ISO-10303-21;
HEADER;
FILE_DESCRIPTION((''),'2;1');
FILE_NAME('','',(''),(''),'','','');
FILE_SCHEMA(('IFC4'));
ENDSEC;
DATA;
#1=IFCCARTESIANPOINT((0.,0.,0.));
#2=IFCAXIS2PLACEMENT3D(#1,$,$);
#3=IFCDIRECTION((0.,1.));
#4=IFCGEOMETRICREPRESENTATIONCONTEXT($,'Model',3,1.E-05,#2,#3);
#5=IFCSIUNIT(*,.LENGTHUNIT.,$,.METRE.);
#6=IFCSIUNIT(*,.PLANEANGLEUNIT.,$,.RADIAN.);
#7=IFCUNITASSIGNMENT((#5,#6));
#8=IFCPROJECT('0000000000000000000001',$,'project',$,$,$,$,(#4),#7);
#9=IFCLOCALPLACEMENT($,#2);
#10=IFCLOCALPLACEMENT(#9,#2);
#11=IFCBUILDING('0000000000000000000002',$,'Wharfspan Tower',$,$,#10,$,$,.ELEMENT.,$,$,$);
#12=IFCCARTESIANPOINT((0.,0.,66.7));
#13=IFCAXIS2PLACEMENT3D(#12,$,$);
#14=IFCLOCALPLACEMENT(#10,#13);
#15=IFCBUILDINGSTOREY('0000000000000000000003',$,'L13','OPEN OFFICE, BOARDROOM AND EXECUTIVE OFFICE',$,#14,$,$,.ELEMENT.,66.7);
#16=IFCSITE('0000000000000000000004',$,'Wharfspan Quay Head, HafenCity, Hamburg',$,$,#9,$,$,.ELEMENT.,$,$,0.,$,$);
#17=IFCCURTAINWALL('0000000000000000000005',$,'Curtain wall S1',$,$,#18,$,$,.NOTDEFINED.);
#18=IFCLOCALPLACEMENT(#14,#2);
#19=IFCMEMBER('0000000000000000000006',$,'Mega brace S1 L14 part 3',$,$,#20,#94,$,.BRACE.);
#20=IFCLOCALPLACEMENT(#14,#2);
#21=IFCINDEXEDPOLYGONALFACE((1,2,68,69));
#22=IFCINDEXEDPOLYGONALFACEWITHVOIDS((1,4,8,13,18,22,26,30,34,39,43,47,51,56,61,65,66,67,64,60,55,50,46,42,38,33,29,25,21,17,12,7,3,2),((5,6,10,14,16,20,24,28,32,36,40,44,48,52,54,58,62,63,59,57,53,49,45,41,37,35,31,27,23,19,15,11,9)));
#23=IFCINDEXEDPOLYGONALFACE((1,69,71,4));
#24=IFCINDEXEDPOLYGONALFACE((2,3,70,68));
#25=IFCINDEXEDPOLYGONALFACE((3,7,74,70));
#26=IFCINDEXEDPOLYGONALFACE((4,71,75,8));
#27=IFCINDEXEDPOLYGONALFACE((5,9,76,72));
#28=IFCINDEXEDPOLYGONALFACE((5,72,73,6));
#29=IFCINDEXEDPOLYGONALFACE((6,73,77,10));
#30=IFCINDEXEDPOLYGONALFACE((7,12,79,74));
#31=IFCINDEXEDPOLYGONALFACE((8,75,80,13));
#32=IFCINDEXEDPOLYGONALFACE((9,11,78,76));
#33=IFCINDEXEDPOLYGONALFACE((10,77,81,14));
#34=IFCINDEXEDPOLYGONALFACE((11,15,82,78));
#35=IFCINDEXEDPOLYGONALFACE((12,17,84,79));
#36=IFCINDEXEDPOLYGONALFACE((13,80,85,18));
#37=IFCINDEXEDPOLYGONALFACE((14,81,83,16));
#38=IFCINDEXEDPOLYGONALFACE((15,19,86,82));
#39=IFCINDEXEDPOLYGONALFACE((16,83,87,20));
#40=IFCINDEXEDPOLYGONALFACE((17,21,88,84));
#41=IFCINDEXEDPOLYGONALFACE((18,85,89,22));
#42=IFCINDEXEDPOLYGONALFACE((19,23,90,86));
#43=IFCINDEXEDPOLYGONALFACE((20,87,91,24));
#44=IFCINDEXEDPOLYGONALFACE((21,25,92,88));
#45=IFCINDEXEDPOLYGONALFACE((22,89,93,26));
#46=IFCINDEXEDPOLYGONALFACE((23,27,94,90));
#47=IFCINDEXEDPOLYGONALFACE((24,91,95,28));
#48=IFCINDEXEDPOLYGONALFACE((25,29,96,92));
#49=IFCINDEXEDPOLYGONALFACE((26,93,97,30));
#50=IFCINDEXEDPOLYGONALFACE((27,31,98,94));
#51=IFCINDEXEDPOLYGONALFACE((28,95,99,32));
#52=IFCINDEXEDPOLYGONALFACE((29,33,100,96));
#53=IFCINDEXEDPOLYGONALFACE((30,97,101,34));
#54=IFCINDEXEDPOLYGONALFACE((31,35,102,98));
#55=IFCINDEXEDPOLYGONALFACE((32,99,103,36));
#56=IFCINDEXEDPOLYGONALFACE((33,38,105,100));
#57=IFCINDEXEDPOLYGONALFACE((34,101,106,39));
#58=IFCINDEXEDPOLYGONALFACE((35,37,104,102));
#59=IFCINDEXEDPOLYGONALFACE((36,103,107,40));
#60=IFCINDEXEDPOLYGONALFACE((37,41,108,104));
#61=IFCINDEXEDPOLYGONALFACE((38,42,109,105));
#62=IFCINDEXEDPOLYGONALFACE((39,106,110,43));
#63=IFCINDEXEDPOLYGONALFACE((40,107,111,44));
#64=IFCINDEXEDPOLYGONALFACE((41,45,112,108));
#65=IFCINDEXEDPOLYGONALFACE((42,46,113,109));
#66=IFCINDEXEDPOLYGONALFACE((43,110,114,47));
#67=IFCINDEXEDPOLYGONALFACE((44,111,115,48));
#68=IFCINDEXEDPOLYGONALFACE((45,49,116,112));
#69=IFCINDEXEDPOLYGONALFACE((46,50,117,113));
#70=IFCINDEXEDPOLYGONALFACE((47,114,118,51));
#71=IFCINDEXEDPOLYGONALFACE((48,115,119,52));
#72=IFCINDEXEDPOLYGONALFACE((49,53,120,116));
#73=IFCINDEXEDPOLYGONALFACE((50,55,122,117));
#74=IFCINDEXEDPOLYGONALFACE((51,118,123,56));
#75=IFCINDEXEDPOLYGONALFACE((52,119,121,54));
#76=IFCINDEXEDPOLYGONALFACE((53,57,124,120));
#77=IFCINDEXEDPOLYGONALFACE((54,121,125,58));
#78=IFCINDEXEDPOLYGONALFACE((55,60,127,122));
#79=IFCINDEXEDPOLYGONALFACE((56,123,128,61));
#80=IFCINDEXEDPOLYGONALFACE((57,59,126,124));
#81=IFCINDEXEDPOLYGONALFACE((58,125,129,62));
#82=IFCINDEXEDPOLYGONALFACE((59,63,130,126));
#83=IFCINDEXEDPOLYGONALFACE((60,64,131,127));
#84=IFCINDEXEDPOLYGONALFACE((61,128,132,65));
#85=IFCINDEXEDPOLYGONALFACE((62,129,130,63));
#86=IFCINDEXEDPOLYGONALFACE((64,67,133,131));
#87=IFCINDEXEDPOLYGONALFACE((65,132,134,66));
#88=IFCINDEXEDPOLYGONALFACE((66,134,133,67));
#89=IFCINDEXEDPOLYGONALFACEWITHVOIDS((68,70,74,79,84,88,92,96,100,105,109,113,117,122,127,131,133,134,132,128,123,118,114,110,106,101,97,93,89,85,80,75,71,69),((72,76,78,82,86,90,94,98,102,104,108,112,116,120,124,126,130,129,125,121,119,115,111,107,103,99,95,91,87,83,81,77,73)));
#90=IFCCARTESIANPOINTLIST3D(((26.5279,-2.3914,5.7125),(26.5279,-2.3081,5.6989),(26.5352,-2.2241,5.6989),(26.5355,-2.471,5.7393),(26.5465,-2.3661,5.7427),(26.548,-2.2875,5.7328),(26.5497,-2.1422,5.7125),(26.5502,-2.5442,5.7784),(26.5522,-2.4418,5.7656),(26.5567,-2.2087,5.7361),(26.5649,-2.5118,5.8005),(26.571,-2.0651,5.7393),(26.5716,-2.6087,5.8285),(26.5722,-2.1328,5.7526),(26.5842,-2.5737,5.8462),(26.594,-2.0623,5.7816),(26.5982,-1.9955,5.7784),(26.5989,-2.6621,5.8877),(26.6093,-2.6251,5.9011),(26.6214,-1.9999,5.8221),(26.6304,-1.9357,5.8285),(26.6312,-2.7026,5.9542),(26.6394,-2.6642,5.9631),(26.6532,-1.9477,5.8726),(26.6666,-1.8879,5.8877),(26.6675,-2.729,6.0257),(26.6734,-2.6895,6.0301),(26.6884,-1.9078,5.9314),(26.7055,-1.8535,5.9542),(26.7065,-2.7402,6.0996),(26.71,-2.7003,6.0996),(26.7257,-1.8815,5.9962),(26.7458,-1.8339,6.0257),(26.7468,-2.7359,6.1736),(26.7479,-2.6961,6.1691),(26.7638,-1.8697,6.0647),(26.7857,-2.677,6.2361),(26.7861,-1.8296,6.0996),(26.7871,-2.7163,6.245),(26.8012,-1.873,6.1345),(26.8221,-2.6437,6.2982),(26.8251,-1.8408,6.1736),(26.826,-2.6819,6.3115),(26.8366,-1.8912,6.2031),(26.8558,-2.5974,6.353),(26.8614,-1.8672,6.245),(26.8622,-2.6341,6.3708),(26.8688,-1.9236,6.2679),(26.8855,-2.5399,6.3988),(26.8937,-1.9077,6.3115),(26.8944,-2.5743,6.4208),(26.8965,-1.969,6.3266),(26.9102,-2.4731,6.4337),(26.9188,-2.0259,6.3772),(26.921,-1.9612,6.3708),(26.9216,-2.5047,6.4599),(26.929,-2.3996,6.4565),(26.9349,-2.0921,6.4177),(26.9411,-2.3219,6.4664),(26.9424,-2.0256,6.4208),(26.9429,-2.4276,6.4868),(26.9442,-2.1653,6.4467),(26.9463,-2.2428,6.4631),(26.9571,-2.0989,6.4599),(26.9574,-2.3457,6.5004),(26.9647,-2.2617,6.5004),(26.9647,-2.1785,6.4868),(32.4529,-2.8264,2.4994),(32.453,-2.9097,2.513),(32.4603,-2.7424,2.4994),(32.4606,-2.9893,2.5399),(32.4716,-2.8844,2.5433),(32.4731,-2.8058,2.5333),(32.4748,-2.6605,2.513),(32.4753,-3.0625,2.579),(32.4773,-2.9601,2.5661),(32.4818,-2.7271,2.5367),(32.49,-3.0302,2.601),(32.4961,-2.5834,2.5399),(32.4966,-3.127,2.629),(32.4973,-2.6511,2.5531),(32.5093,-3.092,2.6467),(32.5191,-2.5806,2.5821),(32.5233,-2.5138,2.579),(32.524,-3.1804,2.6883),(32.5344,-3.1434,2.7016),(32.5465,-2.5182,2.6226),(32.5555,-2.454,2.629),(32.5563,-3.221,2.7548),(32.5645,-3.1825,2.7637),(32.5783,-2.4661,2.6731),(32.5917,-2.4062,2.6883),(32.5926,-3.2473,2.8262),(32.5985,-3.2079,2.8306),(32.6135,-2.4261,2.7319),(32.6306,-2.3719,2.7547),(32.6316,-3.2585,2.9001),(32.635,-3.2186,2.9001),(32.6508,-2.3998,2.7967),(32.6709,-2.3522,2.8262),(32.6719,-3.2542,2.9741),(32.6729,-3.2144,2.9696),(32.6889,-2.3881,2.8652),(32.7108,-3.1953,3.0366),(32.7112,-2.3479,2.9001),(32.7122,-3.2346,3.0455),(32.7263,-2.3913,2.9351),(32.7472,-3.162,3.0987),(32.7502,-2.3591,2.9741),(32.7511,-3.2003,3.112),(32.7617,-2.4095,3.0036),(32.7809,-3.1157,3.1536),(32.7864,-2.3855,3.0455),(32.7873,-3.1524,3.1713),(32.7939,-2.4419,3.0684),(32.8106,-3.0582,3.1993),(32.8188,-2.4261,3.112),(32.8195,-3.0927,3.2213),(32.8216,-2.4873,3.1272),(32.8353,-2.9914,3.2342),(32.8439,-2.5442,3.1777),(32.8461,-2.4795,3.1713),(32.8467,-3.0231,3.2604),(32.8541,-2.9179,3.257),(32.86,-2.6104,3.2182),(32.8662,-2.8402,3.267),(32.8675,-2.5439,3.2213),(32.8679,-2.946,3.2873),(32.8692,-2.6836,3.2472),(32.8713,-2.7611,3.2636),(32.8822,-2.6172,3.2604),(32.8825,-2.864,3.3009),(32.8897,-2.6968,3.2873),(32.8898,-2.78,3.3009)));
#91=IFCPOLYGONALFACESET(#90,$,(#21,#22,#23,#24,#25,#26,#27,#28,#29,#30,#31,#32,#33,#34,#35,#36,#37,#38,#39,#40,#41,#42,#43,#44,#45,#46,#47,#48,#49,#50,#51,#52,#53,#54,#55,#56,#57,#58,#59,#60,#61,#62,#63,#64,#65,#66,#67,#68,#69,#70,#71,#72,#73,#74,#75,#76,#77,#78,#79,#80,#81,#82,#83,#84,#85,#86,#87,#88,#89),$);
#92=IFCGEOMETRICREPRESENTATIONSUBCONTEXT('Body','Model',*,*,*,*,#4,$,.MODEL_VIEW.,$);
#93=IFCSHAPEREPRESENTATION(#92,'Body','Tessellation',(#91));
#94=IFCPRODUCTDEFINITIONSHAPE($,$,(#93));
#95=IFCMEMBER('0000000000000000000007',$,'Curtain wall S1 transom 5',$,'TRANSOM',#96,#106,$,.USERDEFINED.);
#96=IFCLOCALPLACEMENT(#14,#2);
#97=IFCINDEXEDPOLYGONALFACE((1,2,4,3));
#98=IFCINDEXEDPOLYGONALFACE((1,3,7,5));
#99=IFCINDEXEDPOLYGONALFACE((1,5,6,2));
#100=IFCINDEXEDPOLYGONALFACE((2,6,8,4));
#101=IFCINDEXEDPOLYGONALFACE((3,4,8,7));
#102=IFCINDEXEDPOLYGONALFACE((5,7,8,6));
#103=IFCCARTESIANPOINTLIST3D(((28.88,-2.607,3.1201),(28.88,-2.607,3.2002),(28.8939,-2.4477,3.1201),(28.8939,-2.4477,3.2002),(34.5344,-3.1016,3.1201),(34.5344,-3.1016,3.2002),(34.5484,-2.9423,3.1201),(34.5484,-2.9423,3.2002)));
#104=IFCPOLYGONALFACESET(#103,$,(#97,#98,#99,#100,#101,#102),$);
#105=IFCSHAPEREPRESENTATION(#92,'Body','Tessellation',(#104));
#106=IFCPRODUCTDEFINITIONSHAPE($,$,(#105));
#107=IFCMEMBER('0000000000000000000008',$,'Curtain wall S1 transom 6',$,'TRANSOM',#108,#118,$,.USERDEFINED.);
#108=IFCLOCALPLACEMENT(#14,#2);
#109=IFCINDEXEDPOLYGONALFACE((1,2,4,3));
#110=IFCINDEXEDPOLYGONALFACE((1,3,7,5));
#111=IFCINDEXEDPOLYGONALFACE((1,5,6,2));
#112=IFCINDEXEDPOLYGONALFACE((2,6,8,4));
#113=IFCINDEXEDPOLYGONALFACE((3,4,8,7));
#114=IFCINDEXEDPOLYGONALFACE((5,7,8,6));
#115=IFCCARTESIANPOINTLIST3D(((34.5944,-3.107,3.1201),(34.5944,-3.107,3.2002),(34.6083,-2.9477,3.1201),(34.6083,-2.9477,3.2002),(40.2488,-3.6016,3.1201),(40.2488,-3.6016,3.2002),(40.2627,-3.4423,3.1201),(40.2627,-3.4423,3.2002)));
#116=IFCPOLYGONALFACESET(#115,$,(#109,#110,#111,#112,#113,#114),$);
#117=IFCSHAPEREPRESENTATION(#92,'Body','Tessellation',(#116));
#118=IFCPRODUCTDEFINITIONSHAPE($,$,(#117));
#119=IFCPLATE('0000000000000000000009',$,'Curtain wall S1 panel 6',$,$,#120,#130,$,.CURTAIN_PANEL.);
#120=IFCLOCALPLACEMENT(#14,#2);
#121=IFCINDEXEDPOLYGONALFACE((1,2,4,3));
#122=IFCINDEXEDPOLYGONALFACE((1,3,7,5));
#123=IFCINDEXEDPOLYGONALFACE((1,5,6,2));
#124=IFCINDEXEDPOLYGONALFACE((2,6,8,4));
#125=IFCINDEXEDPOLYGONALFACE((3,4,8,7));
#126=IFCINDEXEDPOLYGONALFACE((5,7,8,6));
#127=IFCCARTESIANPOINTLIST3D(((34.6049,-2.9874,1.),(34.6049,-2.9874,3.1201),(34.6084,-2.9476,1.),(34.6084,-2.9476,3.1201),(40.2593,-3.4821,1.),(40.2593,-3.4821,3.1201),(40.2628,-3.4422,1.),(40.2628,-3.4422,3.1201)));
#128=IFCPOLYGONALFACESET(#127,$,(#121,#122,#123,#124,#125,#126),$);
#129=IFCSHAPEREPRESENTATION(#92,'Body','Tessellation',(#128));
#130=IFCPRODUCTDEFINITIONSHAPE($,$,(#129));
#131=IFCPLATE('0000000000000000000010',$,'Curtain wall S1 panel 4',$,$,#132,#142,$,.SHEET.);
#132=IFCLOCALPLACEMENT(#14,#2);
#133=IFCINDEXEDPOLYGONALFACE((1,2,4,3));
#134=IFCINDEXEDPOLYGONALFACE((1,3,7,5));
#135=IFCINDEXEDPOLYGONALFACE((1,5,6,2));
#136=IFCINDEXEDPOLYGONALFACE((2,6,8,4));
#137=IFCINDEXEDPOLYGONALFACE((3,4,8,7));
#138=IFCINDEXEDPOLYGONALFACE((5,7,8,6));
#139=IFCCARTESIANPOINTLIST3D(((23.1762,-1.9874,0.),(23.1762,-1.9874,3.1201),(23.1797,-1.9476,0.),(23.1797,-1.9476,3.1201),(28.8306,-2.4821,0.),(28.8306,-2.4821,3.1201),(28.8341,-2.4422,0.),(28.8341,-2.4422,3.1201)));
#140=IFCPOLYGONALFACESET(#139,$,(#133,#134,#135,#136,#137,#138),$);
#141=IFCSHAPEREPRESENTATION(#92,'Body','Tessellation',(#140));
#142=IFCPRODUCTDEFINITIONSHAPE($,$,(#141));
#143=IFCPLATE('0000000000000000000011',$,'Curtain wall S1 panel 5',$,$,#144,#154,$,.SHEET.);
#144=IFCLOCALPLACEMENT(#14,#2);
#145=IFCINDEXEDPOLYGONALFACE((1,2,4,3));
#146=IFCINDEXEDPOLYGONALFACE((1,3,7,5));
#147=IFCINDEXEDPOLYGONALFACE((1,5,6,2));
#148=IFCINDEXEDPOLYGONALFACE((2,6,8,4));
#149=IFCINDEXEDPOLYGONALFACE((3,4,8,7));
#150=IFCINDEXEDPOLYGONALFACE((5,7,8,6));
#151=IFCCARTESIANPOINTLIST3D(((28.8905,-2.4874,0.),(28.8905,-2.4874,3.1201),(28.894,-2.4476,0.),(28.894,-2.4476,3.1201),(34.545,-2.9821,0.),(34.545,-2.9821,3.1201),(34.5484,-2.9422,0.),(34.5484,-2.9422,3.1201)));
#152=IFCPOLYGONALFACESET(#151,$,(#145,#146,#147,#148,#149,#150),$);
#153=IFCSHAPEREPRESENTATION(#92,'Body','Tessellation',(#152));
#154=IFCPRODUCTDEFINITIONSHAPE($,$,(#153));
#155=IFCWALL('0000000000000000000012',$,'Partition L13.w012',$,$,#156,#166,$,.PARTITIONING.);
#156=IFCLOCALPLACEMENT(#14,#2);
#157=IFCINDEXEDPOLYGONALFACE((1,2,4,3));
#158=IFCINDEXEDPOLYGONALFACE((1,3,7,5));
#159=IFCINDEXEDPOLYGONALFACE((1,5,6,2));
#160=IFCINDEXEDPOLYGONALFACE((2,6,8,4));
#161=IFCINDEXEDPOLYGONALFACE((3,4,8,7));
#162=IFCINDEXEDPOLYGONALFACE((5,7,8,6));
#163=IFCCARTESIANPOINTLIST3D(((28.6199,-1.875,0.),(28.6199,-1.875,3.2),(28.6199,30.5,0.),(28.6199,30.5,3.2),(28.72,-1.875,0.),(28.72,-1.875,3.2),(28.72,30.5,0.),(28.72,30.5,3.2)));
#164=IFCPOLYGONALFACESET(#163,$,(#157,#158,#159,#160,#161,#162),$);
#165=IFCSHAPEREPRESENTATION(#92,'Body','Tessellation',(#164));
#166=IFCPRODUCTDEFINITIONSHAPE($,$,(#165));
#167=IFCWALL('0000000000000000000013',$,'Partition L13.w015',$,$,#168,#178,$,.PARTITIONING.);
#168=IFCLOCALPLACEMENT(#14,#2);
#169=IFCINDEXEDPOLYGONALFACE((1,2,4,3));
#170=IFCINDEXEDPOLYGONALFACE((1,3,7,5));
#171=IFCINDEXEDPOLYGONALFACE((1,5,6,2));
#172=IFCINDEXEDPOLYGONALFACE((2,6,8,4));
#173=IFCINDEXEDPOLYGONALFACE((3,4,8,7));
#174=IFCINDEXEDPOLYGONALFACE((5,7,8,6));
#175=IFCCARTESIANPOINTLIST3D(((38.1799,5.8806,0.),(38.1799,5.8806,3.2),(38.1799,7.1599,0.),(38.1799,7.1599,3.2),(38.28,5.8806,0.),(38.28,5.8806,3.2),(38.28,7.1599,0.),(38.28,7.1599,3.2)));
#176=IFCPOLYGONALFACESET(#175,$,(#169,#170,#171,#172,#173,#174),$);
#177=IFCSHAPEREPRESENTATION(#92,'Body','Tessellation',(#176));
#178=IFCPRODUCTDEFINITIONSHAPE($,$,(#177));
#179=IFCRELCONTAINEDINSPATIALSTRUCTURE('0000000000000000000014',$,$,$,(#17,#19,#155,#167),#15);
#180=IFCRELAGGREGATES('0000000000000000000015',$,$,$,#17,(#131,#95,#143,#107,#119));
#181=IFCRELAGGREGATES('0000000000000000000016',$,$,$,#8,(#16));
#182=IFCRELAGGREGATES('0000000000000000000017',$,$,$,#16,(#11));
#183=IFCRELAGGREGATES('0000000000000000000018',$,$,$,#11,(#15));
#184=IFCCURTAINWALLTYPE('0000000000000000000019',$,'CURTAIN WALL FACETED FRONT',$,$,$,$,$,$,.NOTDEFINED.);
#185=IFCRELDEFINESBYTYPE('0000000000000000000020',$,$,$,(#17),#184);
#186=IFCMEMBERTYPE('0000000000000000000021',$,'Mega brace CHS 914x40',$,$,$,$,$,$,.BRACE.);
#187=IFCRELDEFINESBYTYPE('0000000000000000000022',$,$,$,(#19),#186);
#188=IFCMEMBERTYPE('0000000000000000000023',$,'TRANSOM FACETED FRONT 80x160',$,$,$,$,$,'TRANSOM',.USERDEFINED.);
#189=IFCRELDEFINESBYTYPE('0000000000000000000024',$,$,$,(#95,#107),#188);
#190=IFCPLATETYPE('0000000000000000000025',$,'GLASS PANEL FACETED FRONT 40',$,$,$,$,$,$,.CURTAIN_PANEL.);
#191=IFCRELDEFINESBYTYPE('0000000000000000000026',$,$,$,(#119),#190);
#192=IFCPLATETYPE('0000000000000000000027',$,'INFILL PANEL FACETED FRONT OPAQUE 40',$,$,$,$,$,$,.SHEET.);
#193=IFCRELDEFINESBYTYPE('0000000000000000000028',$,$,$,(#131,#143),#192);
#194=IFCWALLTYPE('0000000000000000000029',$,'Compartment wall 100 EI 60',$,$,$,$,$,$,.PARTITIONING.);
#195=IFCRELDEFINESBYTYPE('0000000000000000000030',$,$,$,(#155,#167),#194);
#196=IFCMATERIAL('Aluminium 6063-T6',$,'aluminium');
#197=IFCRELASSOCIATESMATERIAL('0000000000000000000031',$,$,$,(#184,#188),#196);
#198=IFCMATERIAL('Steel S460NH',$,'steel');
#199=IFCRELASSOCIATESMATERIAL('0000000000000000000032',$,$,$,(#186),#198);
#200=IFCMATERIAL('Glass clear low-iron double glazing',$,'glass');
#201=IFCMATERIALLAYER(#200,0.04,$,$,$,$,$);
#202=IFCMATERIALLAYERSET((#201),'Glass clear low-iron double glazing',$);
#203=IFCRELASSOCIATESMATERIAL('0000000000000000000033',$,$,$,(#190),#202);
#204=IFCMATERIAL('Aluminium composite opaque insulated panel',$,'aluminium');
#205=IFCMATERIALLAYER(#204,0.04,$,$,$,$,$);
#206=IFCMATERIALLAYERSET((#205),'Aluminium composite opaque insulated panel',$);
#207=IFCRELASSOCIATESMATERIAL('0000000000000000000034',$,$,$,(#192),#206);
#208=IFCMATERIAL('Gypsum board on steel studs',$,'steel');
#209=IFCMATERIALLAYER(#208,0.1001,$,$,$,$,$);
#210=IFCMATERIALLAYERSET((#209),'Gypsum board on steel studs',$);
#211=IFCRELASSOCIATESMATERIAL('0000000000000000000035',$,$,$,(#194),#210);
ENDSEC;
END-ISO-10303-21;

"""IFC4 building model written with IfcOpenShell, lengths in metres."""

from ifc_helpers import new_model, si_unit, direction, frame, frame_2d, origin, origin_2d, place, context, subcontext, project, spatial, rectangle, hollow_circle, extrude, material, layer, layer_set, material_profile, profile_set, type_object, element, aggregate, save


model = new_model("IFC4")

# Units and contexts
model_context = context("Model", 3, precision=1e-05, world=origin(), true_north=direction((0.0, 1.0)))
body_context = subcontext(model_context, "Body", "Model", "MODEL_VIEW")
ifc_project = project(units=[si_unit("LENGTHUNIT", "METRE"), si_unit("PLANEANGLEUNIT", "RADIAN")], contexts=[model_context])

# Site, building, storey
site_placement = place(None, origin())
site = spatial("IfcSite", under=ifc_project, at=site_placement, Name="Wharfspan Quay Head, HafenCity, Hamburg", CompositionType="ELEMENT", RefElevation=0.0)
building_placement = place(site_placement, origin())
building = spatial("IfcBuilding", under=site, at=building_placement, Name="Wharfspan Tower", CompositionType="ELEMENT")
storey_placement = place(building_placement, frame((0.0, 0.0, 66.7)))
storey = spatial("IfcBuildingStorey", under=building, at=storey_placement, Name="L13", Description="OPEN OFFICE, BOARDROOM AND EXECUTIVE OFFICE", CompositionType="ELEMENT", Elevation=66.7)

# Curtain wall
ifc_material_1 = material(Name="Aluminium 6063-T6", Category="aluminium")
curtain_wall_type = type_object("IfcCurtainWallType", Name="CURTAIN WALL FACETED FRONT", PredefinedType="NOTDEFINED", material=ifc_material_1)
curtain_wall_placement = place(storey_placement, origin())
curtain_wall = element("IfcCurtainWall", 1, at=curtain_wall_placement, inside=storey, type_object=curtain_wall_type, Name="Curtain wall S1", PredefinedType="NOTDEFINED")

# Members
ifc_material_2 = material(Name="Steel S460NH", Category="steel")
ifc_material_profile_1 = material_profile(ifc_material_2, hollow_circle(Radius=0.457, WallThickness=0.04, at=origin_2d()))
ifc_profile_set_1 = profile_set([ifc_material_profile_1], Name="Steel S460NH")
member_type_1 = type_object("IfcMemberType", Name="Mega brace CHS 914x40", PredefinedType="BRACE", material=ifc_profile_set_1)
member_1_placement = place(storey_placement, frame((32.6714, -2.8032, 2.9001), z_axis=(-0.877314, 0.076746, 0.47374), x_axis=(-0.087144, -0.996196, 0.000003)))
element("IfcMember", 2, at=member_1_placement, inside=storey, type_object=member_type_1, Name="Mega brace S1 L14 part 3", PredefinedType="BRACE", context=body_context, shape_type="SweptSolid", body=[
    extrude(hollow_circle(Radius=0.457, WallThickness=0.04, at=origin_2d()), origin(), (0.0, 0.0, 1.0), 6.7537),
])
ifc_material_profile_2 = material_profile(ifc_material_1, rectangle(XDim=0.1599, YDim=0.0801, at=origin_2d()))
ifc_profile_set_2 = profile_set([ifc_material_profile_2], Name="Aluminium 6063-T6")
member_type_2 = type_object("IfcMemberType", Name="TRANSOM FACETED FRONT 80x160", ElementType="TRANSOM", PredefinedType="USERDEFINED", material=ifc_profile_set_2)
member_2_placement = place(storey_placement, frame((28.887, -2.5273, 3.1602), z_axis=(0.996196, -0.087142, 0.0), x_axis=(0.087142, 0.996196, 0.0)))
member_2 = element("IfcMember", 3, at=member_2_placement, type_object=member_type_2, Name="Curtain wall S1 transom 5", ObjectType="TRANSOM", PredefinedType="USERDEFINED", context=body_context, shape_type="SweptSolid", body=[
    extrude(rectangle(XDim=0.1599, YDim=0.0801, at=origin_2d()), origin(), (0.0, 0.0, 1.0), 5.676),
])
member_3_placement = place(storey_placement, frame((34.6013, -3.0273, 3.1602), z_axis=(0.996196, -0.087142, 0.0), x_axis=(0.087142, 0.996196, 0.0)))
member_3 = element("IfcMember", 4, at=member_3_placement, type_object=member_type_2, Name="Curtain wall S1 transom 6", ObjectType="TRANSOM", PredefinedType="USERDEFINED", context=body_context, shape_type="SweptSolid", body=[
    extrude(rectangle(XDim=0.1599, YDim=0.0801, at=origin_2d()), origin(), (0.0, 0.0, 1.0), 5.676),
])

# Plates
ifc_material_3 = material(Name="Glass clear low-iron double glazing", Category="glass")
ifc_layer_1 = layer(ifc_material_3, 0.04)
ifc_layer_set_1 = layer_set([ifc_layer_1], Name="Glass clear low-iron double glazing")
plate_type_1 = type_object("IfcPlateType", Name="GLASS PANEL FACETED FRONT 40", PredefinedType="CURTAIN_PANEL", material=ifc_layer_set_1)
plate_1_placement = place(storey_placement, frame((37.4338, -3.2148, 1.0), z_axis=(0.0, 0.0, 1.0), x_axis=(0.996197, -0.087156, 0.0)))
plate_1 = element("IfcPlate", 5, at=plate_1_placement, type_object=plate_type_1, Name="Curtain wall S1 panel 6", PredefinedType="CURTAIN_PANEL", context=body_context, shape_type="SweptSolid", body=[
    extrude(rectangle(XDim=5.676, YDim=0.04, at=origin_2d()), origin(), (0.0, 0.0, 1.0), 2.1201),
])
ifc_material_4 = material(Name="Aluminium composite opaque insulated panel", Category="aluminium")
ifc_layer_2 = layer(ifc_material_4, 0.04)
ifc_layer_set_2 = layer_set([ifc_layer_2], Name="Aluminium composite opaque insulated panel")
plate_type_2 = type_object("IfcPlateType", Name="INFILL PANEL FACETED FRONT OPAQUE 40", PredefinedType="SHEET", material=ifc_layer_set_2)
plate_2_placement = place(storey_placement, frame((26.0051, -2.2148, 0.0), z_axis=(0.0, 0.0, 1.0), x_axis=(0.996197, -0.087156, 0.0)))
plate_2 = element("IfcPlate", 6, at=plate_2_placement, type_object=plate_type_2, Name="Curtain wall S1 panel 4", PredefinedType="SHEET", context=body_context, shape_type="SweptSolid", body=[
    extrude(rectangle(XDim=5.676, YDim=0.04, at=origin_2d()), origin(), (0.0, 0.0, 1.0), 3.1201),
])
plate_3_placement = place(storey_placement, frame((31.7195, -2.7148, 0.0), z_axis=(0.0, 0.0, 1.0), x_axis=(0.996197, -0.087156, 0.0)))
plate_3 = element("IfcPlate", 7, at=plate_3_placement, type_object=plate_type_2, Name="Curtain wall S1 panel 5", PredefinedType="SHEET", context=body_context, shape_type="SweptSolid", body=[
    extrude(rectangle(XDim=5.676, YDim=0.04, at=origin_2d()), origin(), (0.0, 0.0, 1.0), 3.1201),
])
aggregate(curtain_wall, [plate_2, member_2, plate_3, member_3, plate_1])

# Walls
ifc_material_5 = material(Name="Gypsum board on steel studs", Category="steel")
ifc_layer_3 = layer(ifc_material_5, 0.1001)
ifc_layer_set_3 = layer_set([ifc_layer_3], Name="Gypsum board on steel studs")
wall_type_1 = type_object("IfcWallType", Name="Compartment wall 100 EI 60", PredefinedType="PARTITIONING", material=ifc_layer_set_3)
wall_1_placement = place(storey_placement, frame((28.6699, -1.875, 0.0), z_axis=(0.0, 0.0, 1.0), x_axis=(0.0, 1.0, 0.0)))
element("IfcWall", 8, at=wall_1_placement, inside=storey, type_object=wall_type_1, Name="Partition L13.w012", PredefinedType="PARTITIONING", context=body_context, shape_type="SweptSolid", body=[
    extrude(rectangle(XDim=32.375, YDim=0.1001, at=frame_2d((16.1875, 0.0))), origin(), (0.0, 0.0, 1.0), 3.2),
])
wall_2_placement = place(storey_placement, frame((38.23, 5.8806, 0.0), z_axis=(0.0, 0.0, 1.0), x_axis=(0.0, 1.0, 0.0)))
element("IfcWall", 9, at=wall_2_placement, inside=storey, type_object=wall_type_1, Name="Partition L13.w015", PredefinedType="PARTITIONING", context=body_context, shape_type="SweptSolid", body=[
    extrude(rectangle(XDim=1.2793, YDim=0.1001, at=frame_2d((0.6396, 0.0))), origin(), (0.0, 0.0, 1.0), 3.2),
])

save(model, "model.ifc")
